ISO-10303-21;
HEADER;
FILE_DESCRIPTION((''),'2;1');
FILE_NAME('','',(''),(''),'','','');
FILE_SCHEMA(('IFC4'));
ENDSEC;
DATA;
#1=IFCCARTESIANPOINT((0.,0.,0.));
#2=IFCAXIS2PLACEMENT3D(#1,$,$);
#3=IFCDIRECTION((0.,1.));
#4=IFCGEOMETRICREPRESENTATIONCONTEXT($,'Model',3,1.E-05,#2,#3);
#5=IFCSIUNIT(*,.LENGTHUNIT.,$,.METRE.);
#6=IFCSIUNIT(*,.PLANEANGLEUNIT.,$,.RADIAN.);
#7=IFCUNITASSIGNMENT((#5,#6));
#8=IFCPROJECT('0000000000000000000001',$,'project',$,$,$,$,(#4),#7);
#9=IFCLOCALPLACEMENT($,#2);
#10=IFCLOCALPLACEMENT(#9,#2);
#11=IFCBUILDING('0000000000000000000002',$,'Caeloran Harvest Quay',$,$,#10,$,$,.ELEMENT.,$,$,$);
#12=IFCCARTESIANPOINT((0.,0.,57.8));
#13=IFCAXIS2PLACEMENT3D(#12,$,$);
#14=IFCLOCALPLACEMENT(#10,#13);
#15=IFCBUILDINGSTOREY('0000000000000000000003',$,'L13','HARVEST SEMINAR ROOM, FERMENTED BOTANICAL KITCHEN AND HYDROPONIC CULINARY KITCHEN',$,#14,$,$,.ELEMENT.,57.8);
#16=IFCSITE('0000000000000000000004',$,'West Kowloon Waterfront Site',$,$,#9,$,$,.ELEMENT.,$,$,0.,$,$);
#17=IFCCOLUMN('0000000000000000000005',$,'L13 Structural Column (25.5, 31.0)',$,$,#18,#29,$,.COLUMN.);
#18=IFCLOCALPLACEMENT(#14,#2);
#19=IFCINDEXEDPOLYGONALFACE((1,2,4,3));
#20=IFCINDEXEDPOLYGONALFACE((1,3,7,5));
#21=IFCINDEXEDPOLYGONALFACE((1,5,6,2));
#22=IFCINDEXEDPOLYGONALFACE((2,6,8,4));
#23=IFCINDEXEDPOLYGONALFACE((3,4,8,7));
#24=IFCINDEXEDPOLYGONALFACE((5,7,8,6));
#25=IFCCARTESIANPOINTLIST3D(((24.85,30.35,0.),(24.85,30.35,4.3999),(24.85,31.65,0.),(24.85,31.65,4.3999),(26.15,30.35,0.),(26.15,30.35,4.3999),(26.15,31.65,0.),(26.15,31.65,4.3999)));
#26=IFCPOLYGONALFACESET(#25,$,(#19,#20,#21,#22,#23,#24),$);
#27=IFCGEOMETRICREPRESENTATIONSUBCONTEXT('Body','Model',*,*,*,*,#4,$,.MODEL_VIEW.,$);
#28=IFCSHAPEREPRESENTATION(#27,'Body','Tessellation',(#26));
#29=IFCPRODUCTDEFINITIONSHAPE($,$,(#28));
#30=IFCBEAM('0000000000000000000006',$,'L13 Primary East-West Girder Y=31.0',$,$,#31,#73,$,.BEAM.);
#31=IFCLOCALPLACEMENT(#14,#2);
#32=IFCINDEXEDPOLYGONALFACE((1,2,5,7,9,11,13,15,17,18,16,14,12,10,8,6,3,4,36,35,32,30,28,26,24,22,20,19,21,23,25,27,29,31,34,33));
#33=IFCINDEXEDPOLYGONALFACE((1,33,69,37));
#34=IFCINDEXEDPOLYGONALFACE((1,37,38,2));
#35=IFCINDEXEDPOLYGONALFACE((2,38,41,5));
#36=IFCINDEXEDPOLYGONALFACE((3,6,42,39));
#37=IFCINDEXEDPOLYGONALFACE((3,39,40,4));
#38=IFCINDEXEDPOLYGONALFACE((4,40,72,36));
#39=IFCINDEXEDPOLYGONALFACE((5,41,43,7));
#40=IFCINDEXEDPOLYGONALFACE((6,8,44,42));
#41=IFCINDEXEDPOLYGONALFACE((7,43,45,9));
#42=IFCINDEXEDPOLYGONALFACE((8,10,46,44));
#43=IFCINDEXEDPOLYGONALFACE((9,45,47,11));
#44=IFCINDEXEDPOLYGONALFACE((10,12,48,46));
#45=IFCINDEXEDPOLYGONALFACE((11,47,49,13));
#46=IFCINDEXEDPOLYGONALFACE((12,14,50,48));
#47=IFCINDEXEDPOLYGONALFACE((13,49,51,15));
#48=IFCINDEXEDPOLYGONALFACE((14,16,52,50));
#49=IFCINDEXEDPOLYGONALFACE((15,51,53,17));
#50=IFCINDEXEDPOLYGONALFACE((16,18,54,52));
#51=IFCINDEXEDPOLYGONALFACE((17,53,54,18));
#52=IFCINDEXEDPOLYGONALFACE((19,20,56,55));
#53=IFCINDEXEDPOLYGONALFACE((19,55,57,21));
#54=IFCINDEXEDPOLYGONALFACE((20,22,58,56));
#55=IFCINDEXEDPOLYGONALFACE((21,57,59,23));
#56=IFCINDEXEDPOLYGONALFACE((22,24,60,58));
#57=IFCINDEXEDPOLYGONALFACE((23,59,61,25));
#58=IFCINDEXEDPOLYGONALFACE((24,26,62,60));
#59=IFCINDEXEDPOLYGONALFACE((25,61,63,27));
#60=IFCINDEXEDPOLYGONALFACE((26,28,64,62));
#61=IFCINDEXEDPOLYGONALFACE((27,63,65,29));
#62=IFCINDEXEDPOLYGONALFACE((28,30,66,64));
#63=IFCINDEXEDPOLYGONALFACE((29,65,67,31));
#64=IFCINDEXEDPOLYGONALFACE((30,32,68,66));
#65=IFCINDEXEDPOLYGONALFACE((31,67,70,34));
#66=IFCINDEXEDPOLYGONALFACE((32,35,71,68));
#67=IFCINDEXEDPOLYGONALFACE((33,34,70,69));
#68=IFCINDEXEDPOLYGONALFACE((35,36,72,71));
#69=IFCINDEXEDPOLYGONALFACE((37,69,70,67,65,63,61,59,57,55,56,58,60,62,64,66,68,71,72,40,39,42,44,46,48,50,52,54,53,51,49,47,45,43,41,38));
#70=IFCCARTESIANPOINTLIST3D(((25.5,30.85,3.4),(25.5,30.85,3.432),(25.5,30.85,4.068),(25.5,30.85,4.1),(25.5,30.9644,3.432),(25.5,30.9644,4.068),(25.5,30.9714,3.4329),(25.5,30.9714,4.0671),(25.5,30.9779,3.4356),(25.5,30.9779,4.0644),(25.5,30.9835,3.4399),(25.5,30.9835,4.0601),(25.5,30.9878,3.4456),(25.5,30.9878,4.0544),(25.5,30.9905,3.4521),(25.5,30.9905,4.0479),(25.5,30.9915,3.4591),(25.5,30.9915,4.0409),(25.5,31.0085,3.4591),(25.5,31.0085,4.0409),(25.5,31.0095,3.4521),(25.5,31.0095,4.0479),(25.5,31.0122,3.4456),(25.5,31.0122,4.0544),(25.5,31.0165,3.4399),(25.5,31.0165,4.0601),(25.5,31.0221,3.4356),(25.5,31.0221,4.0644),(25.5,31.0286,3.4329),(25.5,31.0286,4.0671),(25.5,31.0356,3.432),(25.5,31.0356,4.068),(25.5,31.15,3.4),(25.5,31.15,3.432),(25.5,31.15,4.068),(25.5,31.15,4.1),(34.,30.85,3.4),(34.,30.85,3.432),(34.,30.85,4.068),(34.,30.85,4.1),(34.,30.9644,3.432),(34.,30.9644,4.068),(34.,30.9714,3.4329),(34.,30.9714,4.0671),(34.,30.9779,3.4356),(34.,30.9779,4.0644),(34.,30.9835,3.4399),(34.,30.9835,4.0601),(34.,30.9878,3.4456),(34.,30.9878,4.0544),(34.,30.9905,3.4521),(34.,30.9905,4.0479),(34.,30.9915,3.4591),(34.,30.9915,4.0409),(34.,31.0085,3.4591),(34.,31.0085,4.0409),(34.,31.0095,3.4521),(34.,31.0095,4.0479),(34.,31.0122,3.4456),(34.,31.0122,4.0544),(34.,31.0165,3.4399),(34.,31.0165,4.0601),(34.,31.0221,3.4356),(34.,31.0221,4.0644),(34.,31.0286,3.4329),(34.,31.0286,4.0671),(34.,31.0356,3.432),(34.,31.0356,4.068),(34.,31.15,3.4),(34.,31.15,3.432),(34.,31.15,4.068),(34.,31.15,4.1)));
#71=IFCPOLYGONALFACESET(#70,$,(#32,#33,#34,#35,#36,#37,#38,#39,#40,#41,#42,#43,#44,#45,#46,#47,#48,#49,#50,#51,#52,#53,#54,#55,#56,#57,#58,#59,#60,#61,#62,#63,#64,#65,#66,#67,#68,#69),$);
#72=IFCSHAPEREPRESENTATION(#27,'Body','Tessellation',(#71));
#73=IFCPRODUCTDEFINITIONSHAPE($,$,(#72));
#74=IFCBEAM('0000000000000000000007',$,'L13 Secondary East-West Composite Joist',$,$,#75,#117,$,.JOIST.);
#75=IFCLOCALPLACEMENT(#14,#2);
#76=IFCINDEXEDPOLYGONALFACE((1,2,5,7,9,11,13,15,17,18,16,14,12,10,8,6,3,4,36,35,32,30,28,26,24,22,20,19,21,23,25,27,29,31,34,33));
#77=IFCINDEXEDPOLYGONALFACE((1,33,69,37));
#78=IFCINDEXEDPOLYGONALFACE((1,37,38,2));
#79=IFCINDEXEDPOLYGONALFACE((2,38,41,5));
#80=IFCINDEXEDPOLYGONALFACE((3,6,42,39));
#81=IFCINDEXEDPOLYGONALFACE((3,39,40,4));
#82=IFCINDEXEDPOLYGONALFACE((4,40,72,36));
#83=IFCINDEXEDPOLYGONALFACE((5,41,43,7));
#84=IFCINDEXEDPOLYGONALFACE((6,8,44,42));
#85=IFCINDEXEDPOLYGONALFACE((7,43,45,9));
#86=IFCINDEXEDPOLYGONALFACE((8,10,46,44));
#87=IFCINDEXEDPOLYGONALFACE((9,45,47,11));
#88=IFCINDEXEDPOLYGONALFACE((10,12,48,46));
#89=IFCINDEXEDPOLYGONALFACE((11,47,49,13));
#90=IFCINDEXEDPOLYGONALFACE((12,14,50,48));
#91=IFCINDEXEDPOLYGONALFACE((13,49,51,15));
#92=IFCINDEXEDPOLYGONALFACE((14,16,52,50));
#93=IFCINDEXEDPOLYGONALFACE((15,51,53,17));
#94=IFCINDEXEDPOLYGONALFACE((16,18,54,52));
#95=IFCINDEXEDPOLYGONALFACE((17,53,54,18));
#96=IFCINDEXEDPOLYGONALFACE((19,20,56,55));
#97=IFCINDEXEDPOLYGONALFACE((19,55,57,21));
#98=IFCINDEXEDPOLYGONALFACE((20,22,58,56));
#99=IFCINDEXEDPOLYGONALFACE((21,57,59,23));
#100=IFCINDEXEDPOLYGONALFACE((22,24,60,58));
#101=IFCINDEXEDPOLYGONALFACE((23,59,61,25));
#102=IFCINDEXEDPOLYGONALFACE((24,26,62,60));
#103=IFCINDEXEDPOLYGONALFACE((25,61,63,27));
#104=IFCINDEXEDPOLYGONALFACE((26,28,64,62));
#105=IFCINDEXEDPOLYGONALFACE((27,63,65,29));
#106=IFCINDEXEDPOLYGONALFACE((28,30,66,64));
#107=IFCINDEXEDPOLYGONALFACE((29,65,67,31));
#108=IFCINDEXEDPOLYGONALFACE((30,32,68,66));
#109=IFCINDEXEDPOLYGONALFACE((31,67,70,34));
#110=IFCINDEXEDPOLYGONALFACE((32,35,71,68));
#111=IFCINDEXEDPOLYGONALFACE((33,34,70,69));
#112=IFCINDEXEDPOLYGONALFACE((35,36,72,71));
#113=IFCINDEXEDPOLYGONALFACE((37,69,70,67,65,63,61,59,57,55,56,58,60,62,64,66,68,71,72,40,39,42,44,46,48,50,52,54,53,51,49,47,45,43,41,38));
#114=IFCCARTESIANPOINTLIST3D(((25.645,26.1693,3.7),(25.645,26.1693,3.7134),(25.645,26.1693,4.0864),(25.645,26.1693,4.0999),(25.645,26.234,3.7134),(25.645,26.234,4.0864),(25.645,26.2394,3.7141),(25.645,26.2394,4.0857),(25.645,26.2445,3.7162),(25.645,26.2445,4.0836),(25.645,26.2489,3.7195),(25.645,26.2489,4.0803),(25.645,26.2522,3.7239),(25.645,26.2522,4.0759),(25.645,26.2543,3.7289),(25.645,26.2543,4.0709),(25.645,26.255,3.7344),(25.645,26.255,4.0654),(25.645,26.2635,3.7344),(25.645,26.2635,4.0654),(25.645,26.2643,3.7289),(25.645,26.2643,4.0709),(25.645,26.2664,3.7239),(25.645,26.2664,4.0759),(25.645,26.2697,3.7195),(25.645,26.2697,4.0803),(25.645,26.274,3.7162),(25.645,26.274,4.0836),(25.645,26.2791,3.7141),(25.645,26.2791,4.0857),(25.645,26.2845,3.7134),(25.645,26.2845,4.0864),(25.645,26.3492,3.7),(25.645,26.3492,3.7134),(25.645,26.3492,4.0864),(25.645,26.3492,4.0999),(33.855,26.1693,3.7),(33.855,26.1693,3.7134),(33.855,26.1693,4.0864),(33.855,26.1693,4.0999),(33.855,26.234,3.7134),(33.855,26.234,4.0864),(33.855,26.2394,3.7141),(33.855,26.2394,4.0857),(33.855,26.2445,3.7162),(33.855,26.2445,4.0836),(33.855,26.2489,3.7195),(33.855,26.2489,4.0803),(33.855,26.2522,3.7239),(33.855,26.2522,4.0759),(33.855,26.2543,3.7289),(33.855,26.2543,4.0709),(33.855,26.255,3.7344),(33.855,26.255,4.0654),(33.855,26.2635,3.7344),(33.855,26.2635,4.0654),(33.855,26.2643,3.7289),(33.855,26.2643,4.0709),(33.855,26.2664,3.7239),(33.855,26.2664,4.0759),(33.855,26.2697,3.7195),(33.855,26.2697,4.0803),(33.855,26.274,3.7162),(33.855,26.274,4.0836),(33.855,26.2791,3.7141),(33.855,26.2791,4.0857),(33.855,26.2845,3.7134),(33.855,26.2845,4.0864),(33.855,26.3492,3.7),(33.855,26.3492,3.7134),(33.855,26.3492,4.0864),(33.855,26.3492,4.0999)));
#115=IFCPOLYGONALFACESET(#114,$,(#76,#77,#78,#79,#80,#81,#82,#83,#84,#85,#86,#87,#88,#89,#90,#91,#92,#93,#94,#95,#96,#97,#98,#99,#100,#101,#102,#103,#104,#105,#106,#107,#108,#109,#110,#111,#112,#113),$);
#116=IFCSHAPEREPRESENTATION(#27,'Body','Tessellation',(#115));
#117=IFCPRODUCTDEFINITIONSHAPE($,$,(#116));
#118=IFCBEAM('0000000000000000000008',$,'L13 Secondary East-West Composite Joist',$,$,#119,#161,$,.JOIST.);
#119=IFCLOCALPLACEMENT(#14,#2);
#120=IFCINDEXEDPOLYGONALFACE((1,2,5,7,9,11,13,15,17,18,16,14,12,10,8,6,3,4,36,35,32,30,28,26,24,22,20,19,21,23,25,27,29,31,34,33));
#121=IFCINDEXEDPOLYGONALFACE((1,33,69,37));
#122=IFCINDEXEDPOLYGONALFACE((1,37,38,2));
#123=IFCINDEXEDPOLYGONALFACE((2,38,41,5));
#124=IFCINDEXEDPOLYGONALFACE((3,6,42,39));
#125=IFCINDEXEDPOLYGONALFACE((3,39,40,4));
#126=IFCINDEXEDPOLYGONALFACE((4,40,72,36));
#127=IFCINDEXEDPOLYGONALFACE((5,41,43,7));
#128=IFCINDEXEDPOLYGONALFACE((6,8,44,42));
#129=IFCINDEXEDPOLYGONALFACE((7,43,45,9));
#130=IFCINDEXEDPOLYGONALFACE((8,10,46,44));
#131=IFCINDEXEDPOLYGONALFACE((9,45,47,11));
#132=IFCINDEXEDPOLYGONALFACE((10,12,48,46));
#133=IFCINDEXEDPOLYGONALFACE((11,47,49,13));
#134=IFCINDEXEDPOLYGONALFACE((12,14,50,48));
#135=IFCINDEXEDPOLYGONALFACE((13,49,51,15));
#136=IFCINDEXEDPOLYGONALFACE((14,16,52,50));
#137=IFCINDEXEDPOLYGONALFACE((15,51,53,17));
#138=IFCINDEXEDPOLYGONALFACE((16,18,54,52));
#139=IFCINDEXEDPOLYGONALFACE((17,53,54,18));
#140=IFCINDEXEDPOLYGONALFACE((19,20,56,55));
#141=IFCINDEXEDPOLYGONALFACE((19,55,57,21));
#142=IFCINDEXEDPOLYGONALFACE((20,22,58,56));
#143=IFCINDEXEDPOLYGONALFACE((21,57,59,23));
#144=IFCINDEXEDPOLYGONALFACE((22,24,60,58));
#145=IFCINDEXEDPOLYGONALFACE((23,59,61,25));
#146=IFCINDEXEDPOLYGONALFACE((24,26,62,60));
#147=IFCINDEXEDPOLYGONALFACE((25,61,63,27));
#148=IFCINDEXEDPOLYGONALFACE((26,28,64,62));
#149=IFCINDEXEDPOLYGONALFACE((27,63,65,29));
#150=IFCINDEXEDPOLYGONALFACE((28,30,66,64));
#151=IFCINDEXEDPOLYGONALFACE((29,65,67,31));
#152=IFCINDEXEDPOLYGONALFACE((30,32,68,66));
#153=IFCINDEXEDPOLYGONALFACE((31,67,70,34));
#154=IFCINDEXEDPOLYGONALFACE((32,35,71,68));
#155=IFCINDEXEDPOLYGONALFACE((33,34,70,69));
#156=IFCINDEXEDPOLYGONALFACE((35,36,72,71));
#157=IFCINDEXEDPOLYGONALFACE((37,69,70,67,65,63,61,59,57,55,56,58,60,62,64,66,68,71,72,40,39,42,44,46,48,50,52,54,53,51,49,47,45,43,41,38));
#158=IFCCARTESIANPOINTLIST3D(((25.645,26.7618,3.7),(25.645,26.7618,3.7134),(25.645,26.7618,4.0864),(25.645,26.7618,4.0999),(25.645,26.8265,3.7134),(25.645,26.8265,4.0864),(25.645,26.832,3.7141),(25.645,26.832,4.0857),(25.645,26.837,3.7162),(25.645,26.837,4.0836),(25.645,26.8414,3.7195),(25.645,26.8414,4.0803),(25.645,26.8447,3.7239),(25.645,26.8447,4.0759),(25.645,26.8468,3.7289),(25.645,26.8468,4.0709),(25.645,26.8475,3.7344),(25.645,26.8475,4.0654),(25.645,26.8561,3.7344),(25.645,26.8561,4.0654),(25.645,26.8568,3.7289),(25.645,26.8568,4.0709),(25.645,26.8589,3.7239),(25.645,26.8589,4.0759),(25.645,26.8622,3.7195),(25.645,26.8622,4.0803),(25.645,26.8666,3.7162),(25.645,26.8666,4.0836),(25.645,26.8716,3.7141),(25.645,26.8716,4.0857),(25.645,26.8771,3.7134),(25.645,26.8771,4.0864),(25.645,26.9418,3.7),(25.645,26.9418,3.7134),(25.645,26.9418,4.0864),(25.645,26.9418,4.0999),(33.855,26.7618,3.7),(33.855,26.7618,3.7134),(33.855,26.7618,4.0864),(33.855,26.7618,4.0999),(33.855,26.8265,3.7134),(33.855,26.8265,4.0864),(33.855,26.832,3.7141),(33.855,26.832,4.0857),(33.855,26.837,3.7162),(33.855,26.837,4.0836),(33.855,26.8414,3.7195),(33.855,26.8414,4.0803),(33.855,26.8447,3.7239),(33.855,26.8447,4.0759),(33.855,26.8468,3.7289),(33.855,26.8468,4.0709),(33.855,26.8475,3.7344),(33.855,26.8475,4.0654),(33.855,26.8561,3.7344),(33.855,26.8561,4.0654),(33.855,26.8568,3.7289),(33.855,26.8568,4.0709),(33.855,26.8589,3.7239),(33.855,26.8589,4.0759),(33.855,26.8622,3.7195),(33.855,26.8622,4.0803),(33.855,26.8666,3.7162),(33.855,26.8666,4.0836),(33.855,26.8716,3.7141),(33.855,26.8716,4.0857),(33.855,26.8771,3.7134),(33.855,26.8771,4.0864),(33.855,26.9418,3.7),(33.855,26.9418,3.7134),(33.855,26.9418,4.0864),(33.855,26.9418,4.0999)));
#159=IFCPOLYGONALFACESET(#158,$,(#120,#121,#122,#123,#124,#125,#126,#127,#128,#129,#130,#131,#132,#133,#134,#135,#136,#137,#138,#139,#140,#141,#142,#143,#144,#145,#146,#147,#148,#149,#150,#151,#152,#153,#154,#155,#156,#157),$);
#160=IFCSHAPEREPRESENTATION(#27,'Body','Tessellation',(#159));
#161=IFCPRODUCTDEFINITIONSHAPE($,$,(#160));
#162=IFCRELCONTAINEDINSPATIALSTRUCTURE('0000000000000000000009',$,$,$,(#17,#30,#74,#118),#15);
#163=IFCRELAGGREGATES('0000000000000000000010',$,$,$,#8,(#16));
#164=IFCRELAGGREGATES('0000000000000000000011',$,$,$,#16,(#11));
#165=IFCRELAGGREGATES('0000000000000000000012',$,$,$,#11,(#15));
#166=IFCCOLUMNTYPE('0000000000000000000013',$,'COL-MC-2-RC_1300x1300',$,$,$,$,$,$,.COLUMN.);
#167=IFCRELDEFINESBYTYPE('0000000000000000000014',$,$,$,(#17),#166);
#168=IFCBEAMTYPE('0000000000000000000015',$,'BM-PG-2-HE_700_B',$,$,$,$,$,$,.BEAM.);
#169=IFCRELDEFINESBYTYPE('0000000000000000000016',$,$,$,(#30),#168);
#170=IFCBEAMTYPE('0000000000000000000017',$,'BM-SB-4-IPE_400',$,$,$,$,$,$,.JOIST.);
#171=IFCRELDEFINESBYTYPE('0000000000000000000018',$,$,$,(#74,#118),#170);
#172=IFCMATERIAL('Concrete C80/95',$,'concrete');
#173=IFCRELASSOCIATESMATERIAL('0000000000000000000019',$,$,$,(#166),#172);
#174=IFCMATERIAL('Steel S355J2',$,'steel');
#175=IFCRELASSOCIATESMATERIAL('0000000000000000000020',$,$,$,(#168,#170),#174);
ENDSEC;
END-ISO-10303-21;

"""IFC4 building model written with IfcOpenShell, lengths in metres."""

from ifc_helpers import new_model, si_unit, direction, frame, origin, origin_2d, place, context, subcontext, project, spatial, rectangle, i_section, extrude, material, material_profile, profile_set, type_object, element, save


model = new_model("IFC4")

# Units and contexts
model_context = context("Model", 3, precision=1e-05, world=origin(), true_north=direction((0.0, 1.0)))
body_context = subcontext(model_context, "Body", "Model", "MODEL_VIEW")
ifc_project = project(units=[si_unit("LENGTHUNIT", "METRE"), si_unit("PLANEANGLEUNIT", "RADIAN")], contexts=[model_context])

# Site, building, storey
site_placement = place(None, origin())
site = spatial("IfcSite", under=ifc_project, at=site_placement, Name="West Kowloon Waterfront Site", CompositionType="ELEMENT", RefElevation=0.0)
building_placement = place(site_placement, origin())
building = spatial("IfcBuilding", under=site, at=building_placement, Name="Caeloran Harvest Quay", CompositionType="ELEMENT")
storey_placement = place(building_placement, frame((0.0, 0.0, 57.8)))
storey = spatial("IfcBuildingStorey", under=building, at=storey_placement, Name="L13", Description="HARVEST SEMINAR ROOM, FERMENTED BOTANICAL KITCHEN AND HYDROPONIC CULINARY KITCHEN", CompositionType="ELEMENT", Elevation=57.8)

# Column
ifc_material_1 = material(Name="Concrete C80/95", Category="concrete")
ifc_material_profile_1 = material_profile(ifc_material_1, rectangle(XDim=1.3, YDim=1.3, at=origin_2d()), Name="RC 1300x1300")
ifc_profile_set_1 = profile_set([ifc_material_profile_1], Name="Concrete C80/95")
column_type = type_object("IfcColumnType", Name="COL-MC-2-RC_1300x1300", PredefinedType="COLUMN", material=ifc_profile_set_1)
column_placement = place(storey_placement, frame((25.5, 31.0, 0.0), z_axis=(0.0, 0.0, 1.0), x_axis=(1.0, 0.0, 0.0)))
element("IfcColumn", 1, at=column_placement, inside=storey, type_object=column_type, Name="L13 Structural Column (25.5, 31.0)", PredefinedType="COLUMN", context=body_context, shape_type="SweptSolid", body=[
    extrude(rectangle(XDim=1.3, YDim=1.3, at=origin_2d()), origin(), (0.0, 0.0, 1.0), 4.3999),
])

# Beams
ifc_material_2 = material(Name="Steel S355J2", Category="steel")
ifc_material_profile_2 = material_profile(ifc_material_2, i_section(OverallWidth=0.3, OverallDepth=0.7, WebThickness=0.0171, FlangeThickness=0.032, FilletRadius=0.0271, at=origin_2d()), Name="HE 700 B")
ifc_profile_set_2 = profile_set([ifc_material_profile_2], Name="Steel S355J2")
beam_type_1 = type_object("IfcBeamType", Name="BM-PG-2-HE_700_B", PredefinedType="BEAM", material=ifc_profile_set_2)
beam_placement = place(storey_placement, frame((25.5, 31.0, 3.75), z_axis=(1.0, 0.0, 0.0), x_axis=(0.0, 1.0, 0.0)))
element("IfcBeam", 2, at=beam_placement, inside=storey, type_object=beam_type_1, Name="L13 Primary East-West Girder Y=31.0", PredefinedType="BEAM", context=body_context, shape_type="SweptSolid", body=[
    extrude(i_section(OverallWidth=0.3, OverallDepth=0.7, WebThickness=0.0171, FlangeThickness=0.032, FilletRadius=0.0271, at=origin_2d()), origin(), (0.0, 0.0, 1.0), 8.5),
])
ifc_material_profile_3 = material_profile(ifc_material_2, i_section(OverallWidth=0.1799, OverallDepth=0.3999, WebThickness=0.0085, FlangeThickness=0.0134, FilletRadius=0.021, at=origin_2d()), Name="IPE 400")
ifc_profile_set_3 = profile_set([ifc_material_profile_3], Name="Steel S355J2")
beam_type_2 = type_object("IfcBeamType", Name="BM-SB-4-IPE_400", PredefinedType="JOIST", material=ifc_profile_set_3)
for number, where, z_axis, x_axis, name in (
    (3, (25.645, 26.2593, 3.8999), (1.0, 0.0, 0.0), (0.0, 1.0, 0.0), "L13 Secondary East-West Composite Joist"),
    (4, (25.645, 26.8518, 3.8999), (1.0, 0.0, 0.0), (0.0, 1.0, 0.0), "L13 Secondary East-West Composite Joist"),
):
    element("IfcBeam", number, at=place(storey_placement, frame(where, z_axis=z_axis, x_axis=x_axis)), inside=storey, type_object=beam_type_2, Name=name, PredefinedType="JOIST", context=body_context, shape_type="SweptSolid", body=[
        extrude(i_section(OverallWidth=0.1799, OverallDepth=0.3999, WebThickness=0.0085, FlangeThickness=0.0134, FilletRadius=0.021, at=origin_2d()), origin(), (0.0, 0.0, 1.0), 8.21),
    ])

save(model, "model.ifc")
